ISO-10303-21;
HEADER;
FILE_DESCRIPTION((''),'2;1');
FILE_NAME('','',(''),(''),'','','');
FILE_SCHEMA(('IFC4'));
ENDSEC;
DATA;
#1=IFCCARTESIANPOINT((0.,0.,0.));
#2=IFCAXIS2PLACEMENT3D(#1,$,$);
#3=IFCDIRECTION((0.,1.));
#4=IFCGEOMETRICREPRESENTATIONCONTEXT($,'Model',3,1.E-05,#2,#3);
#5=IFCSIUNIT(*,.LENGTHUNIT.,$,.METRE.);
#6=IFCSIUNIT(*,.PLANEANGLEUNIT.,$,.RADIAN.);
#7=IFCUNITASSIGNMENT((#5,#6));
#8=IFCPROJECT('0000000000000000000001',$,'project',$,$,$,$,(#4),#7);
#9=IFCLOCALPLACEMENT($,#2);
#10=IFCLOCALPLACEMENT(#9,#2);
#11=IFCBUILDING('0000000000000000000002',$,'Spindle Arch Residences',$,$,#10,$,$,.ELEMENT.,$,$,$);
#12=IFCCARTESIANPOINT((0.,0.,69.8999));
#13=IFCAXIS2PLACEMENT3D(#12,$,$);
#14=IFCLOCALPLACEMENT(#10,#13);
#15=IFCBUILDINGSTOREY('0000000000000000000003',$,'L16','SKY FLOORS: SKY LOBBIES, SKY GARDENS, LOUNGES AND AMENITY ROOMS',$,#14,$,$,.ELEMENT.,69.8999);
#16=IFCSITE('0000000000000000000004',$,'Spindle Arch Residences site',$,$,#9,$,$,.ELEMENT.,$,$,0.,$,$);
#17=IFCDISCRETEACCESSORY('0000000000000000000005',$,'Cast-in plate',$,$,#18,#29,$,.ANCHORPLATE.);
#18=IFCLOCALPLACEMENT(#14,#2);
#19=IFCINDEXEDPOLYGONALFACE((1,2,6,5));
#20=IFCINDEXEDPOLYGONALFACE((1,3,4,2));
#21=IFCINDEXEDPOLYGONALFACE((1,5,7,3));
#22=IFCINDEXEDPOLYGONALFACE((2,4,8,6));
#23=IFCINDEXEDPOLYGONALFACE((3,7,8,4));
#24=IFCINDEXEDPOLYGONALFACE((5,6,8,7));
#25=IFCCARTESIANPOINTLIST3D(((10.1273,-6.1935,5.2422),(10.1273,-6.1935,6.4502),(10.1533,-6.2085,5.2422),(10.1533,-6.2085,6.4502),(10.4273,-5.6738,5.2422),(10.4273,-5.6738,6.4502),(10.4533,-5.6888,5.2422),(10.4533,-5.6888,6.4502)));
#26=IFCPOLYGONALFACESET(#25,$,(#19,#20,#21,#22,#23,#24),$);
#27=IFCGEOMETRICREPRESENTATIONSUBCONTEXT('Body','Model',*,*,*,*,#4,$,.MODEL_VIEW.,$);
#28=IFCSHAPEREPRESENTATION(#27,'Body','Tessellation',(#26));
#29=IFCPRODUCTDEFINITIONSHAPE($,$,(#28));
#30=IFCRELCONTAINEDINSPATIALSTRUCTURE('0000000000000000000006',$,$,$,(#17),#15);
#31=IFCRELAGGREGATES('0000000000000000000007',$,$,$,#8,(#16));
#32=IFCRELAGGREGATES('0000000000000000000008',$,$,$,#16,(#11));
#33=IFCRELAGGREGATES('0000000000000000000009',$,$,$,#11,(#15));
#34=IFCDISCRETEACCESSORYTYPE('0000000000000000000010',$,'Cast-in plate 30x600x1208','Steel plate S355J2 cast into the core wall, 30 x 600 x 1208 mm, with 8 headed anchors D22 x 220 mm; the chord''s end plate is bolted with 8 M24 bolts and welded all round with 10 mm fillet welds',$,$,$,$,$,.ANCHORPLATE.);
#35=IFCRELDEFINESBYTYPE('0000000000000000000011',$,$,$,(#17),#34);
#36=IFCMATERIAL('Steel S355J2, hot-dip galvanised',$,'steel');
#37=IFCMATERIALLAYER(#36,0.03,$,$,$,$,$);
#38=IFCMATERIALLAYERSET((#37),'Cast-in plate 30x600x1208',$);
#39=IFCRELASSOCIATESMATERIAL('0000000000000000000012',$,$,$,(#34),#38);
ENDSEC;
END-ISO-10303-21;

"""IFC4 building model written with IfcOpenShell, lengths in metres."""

from ifc_helpers import new_model, si_unit, direction, frame, origin, origin_2d, place, context, subcontext, project, spatial, rectangle, extrude, material, layer, layer_set, type_object, element, save


model = new_model("IFC4")

# Units and contexts
model_context = context("Model", 3, precision=1e-05, world=origin(), true_north=direction((0.0, 1.0)))
body_context = subcontext(model_context, "Body", "Model", "MODEL_VIEW")
ifc_project = project(units=[si_unit("LENGTHUNIT", "METRE"), si_unit("PLANEANGLEUNIT", "RADIAN")], contexts=[model_context])

# Site, building, storey
site_placement = place(None, origin())
site = spatial("IfcSite", under=ifc_project, at=site_placement, Name="Spindle Arch Residences site", CompositionType="ELEMENT", RefElevation=0.0)
building_placement = place(site_placement, origin())
building = spatial("IfcBuilding", under=site, at=building_placement, Name="Spindle Arch Residences", CompositionType="ELEMENT")
storey_placement = place(building_placement, frame((0.0, 0.0, 69.8999)))
storey = spatial("IfcBuildingStorey", under=building, at=storey_placement, Name="L16", Description="SKY FLOORS: SKY LOBBIES, SKY GARDENS, LOUNGES AND AMENITY ROOMS", CompositionType="ELEMENT", Elevation=69.8999)

# Discrete accessory
ifc_material_1 = material(Name="Steel S355J2, hot-dip galvanised", Category="steel")
ifc_layer_1 = layer(ifc_material_1, 0.03)
ifc_layer_set_1 = layer_set([ifc_layer_1], Name="Cast-in plate 30x600x1208")
discrete_accessory_type = type_object("IfcDiscreteAccessoryType", Name="Cast-in plate 30x600x1208", Description="Steel plate S355J2 cast into the core wall, 30 x 600 x 1208 mm, with 8 headed anchors D22 x 220 mm; the chord's end plate is bolted with 8 M24 bolts and welded all round with 10 mm fillet welds", PredefinedType="ANCHORPLATE", material=ifc_layer_set_1)
for number, where, z_axis, x_axis, name in (
    (1, (10.2903, -5.9412, 5.2422), (0.0, 0.0, 1.0), (0.866025, -0.5, 0.0), "Cast-in plate"),
):
    element("IfcDiscreteAccessory", number, at=place(storey_placement, frame(where, z_axis=z_axis, x_axis=x_axis)), inside=storey, type_object=discrete_accessory_type, Name=name, PredefinedType="ANCHORPLATE", context=body_context, shape_type="SweptSolid", body=[
        extrude(rectangle(XDim=0.03, YDim=0.6001, at=origin_2d()), origin(), (0.0, 0.0, 1.0), 1.208),
    ])

save(model, "model.ifc")
